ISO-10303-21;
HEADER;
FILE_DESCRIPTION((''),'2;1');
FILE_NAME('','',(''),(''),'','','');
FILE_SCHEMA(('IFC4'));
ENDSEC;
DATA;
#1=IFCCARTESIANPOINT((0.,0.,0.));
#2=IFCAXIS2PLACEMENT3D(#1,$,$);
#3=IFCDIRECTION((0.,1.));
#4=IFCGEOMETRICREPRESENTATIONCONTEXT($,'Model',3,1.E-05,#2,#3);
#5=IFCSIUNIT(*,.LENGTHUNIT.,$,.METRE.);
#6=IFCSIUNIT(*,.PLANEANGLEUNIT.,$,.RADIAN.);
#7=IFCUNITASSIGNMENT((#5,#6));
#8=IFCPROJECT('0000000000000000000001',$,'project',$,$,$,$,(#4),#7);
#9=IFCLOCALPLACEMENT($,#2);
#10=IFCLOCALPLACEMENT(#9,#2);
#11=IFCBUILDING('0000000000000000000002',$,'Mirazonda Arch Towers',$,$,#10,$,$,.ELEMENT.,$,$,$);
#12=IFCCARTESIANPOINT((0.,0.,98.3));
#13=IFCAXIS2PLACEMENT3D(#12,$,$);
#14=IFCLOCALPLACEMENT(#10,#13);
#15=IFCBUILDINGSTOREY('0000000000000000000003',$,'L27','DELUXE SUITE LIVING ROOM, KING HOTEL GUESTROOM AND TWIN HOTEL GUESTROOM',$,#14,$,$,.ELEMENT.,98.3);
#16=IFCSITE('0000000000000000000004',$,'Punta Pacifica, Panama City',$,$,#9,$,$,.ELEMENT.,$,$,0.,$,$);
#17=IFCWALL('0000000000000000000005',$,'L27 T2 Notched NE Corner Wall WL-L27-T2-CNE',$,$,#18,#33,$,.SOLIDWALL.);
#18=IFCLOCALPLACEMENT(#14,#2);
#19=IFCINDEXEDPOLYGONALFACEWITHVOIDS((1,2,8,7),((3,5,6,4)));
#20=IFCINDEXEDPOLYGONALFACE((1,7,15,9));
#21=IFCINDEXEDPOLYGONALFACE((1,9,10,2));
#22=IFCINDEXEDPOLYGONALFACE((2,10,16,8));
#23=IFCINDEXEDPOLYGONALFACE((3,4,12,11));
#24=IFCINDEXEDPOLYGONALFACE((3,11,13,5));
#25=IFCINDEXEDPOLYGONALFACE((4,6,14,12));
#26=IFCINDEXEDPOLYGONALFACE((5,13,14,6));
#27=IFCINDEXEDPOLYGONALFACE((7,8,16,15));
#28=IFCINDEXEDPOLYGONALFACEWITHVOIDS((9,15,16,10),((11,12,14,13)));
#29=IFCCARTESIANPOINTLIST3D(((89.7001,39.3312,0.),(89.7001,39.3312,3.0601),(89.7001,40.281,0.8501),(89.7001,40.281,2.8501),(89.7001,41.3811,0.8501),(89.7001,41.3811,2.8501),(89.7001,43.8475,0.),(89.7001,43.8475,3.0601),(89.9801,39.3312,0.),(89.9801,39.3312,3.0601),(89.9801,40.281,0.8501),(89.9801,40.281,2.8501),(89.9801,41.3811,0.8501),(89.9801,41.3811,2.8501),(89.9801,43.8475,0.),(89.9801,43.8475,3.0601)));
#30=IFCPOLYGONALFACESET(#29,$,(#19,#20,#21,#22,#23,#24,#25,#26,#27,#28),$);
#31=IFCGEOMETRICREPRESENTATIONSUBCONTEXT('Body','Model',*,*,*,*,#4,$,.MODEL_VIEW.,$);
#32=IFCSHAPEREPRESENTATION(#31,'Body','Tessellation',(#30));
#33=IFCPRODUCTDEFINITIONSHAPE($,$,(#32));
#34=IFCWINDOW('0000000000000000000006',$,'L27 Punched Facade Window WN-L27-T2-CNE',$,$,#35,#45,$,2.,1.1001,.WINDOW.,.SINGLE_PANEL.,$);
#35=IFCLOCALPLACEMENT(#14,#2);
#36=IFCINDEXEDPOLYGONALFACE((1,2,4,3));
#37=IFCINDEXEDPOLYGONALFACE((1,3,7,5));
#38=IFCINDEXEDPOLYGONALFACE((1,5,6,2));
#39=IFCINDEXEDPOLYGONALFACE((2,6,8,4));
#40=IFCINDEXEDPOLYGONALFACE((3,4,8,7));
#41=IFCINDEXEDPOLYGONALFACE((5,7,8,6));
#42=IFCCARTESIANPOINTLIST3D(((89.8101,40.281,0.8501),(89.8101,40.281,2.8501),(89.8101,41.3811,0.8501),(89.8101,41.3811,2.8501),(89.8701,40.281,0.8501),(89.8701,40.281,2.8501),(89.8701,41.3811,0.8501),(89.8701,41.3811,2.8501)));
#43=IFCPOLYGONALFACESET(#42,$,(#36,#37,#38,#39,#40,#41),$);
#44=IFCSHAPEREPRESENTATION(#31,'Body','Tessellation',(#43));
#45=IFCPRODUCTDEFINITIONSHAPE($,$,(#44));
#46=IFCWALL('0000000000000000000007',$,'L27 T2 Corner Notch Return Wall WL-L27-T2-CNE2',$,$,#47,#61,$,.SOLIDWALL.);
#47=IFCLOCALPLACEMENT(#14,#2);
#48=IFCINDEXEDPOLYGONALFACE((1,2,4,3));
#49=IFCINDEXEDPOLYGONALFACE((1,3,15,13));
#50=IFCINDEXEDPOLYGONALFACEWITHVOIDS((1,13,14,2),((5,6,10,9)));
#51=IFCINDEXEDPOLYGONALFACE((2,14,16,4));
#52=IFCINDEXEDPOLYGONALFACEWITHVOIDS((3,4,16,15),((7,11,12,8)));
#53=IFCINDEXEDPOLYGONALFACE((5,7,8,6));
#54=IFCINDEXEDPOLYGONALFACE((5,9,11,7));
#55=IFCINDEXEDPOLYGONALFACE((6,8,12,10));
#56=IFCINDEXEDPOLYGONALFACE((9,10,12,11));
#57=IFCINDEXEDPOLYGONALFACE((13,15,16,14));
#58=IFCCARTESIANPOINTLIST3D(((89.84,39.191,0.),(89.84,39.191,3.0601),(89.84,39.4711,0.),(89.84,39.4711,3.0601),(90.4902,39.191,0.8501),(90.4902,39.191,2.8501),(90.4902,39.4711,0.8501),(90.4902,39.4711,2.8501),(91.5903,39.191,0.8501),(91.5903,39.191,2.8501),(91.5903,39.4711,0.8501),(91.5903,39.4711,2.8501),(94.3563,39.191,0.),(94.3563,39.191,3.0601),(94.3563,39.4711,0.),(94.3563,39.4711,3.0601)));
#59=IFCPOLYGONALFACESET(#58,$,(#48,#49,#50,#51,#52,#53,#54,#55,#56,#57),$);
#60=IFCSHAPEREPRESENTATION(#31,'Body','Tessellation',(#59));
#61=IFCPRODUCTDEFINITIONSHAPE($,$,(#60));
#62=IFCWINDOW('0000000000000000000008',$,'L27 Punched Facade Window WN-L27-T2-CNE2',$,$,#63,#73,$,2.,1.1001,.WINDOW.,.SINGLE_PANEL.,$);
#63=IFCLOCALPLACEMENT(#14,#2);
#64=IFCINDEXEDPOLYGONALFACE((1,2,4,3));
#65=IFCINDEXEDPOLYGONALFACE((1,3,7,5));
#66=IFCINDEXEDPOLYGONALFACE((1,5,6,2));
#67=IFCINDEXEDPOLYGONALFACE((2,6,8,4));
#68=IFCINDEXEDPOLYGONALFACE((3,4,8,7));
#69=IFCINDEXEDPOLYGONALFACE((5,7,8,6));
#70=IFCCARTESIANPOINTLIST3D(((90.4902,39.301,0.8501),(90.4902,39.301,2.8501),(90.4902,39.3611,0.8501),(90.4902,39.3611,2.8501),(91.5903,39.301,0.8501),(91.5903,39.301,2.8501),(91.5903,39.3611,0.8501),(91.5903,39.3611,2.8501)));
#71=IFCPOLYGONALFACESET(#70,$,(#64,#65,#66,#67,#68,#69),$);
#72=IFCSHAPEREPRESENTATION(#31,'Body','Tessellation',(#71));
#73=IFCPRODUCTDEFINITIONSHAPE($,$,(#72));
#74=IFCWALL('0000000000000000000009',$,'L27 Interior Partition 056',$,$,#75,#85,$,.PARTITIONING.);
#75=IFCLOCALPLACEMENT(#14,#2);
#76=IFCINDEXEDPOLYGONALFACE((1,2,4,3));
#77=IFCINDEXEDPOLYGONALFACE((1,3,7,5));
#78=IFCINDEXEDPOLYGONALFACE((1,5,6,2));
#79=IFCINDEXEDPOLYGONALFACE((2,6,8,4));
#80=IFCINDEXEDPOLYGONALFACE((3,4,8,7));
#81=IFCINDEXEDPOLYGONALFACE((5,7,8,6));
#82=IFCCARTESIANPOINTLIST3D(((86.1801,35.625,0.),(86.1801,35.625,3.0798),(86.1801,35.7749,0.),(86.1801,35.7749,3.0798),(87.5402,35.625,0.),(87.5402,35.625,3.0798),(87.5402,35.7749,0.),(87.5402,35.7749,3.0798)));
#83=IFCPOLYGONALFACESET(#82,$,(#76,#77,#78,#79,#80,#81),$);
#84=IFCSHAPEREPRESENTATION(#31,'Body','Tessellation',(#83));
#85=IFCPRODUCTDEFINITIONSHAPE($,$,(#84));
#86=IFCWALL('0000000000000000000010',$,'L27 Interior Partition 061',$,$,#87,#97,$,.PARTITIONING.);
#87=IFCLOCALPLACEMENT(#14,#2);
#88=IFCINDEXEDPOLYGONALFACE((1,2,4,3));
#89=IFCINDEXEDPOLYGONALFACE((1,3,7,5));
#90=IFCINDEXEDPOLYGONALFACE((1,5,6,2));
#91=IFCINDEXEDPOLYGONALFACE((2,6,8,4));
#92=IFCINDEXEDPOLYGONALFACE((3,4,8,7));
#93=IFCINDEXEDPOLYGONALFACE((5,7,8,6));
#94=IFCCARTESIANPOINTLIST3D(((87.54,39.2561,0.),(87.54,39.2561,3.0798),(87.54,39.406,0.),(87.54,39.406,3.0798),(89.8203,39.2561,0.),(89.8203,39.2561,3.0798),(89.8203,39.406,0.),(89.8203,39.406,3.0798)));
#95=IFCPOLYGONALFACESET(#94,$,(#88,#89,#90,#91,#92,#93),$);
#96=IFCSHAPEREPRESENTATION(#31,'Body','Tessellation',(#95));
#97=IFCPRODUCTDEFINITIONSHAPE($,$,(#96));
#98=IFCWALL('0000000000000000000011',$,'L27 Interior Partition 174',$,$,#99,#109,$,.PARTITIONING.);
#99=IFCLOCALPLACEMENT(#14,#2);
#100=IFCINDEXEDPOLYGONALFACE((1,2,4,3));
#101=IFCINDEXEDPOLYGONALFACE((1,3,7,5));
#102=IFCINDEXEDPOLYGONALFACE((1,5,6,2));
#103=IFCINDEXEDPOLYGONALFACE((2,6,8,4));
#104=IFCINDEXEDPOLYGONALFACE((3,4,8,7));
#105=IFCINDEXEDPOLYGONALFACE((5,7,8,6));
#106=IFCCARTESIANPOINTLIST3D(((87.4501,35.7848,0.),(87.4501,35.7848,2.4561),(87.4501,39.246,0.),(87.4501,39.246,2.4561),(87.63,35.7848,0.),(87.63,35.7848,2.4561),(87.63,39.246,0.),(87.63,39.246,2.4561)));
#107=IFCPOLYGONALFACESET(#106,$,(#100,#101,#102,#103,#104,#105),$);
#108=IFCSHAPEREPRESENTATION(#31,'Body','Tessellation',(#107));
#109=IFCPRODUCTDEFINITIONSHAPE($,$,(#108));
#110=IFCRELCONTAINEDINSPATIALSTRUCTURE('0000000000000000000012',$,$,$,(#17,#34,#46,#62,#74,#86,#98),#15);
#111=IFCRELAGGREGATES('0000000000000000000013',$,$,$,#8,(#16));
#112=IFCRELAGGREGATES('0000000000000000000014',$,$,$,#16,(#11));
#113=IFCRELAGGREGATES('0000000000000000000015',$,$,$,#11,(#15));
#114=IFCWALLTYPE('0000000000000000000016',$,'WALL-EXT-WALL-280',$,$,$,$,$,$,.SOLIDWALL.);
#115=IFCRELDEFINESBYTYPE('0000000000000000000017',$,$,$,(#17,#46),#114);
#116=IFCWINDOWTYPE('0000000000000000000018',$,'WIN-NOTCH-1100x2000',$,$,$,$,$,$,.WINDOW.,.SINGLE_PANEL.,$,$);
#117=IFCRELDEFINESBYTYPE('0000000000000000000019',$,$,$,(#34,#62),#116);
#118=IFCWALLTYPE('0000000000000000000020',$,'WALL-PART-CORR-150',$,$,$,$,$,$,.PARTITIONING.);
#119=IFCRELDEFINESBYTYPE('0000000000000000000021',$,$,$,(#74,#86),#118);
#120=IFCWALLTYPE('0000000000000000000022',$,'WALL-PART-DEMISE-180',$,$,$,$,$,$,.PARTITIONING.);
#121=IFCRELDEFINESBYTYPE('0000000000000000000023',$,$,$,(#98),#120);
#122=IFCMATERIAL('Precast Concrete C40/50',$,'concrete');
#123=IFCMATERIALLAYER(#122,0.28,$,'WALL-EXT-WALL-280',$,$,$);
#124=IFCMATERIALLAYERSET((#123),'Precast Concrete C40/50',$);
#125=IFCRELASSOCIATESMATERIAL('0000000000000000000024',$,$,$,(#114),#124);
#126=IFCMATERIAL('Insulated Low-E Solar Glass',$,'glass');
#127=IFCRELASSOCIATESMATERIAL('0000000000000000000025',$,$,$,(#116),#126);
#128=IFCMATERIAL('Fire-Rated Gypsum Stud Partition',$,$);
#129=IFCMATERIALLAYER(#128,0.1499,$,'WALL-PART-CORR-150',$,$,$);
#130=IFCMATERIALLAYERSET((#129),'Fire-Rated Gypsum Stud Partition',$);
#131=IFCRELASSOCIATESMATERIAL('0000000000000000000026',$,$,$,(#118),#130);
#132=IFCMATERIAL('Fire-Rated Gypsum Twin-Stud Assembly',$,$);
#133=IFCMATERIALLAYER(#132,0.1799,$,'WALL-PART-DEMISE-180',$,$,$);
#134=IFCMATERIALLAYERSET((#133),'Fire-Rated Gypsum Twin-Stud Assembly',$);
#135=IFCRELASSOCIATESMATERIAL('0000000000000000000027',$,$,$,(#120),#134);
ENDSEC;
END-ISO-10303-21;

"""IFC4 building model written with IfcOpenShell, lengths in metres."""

from ifc_helpers import new_model, si_unit, direction, frame, frame_2d, origin, place, context, subcontext, project, spatial, rectangle, extrude, material, layer, layer_set, type_object, element, fill, save


model = new_model("IFC4")

# Units and contexts
model_context = context("Model", 3, precision=1e-05, world=origin(), true_north=direction((0.0, 1.0)))
body_context = subcontext(model_context, "Body", "Model", "MODEL_VIEW")
ifc_project = project(units=[si_unit("LENGTHUNIT", "METRE"), si_unit("PLANEANGLEUNIT", "RADIAN")], contexts=[model_context])

# Site, building, storey
site_placement = place(None, origin())
site = spatial("IfcSite", under=ifc_project, at=site_placement, Name="Punta Pacifica, Panama City", CompositionType="ELEMENT", RefElevation=0.0)
building_placement = place(site_placement, origin())
building = spatial("IfcBuilding", under=site, at=building_placement, Name="Mirazonda Arch Towers", CompositionType="ELEMENT")
storey_placement = place(building_placement, frame((0.0, 0.0, 98.3)))
storey = spatial("IfcBuildingStorey", under=building, at=storey_placement, Name="L27", Description="DELUXE SUITE LIVING ROOM, KING HOTEL GUESTROOM AND TWIN HOTEL GUESTROOM", CompositionType="ELEMENT", Elevation=98.3)

# Shared definitions
ifc_material_1 = material(Name="Insulated Low-E Solar Glass", Category="glass")

# Walls, openings, windows
ifc_material_2 = material(Name="Precast Concrete C40/50", Category="concrete")
ifc_layer_1 = layer(ifc_material_2, 0.28, Name="WALL-EXT-WALL-280")
ifc_layer_set_1 = layer_set([ifc_layer_1], Name="Precast Concrete C40/50")
wall_type_1 = type_object("IfcWallType", Name="WALL-EXT-WALL-280", PredefinedType="SOLIDWALL", material=ifc_layer_set_1)
wall_1_placement = place(storey_placement, frame((89.8401, 39.3311, 0.0), z_axis=(0.0, 0.0, 1.0), x_axis=(0.0, 1.0, 0.0)))
wall_1 = element("IfcWall", 1, at=wall_1_placement, inside=storey, type_object=wall_type_1, Name="L27 T2 Notched NE Corner Wall WL-L27-T2-CNE", PredefinedType="SOLIDWALL", context=body_context, shape_type="SweptSolid", body=[
    extrude(rectangle(XDim=4.5164, YDim=0.28, at=frame_2d((2.2583, 0.0))), origin(), (0.0, 0.0, 1.0), 3.0601),
])
opening_1_placement = place(wall_1_placement, frame((0.95, 0.0, 0.8501)))
opening_1 = element("IfcOpeningElement", 2, at=opening_1_placement, cuts=wall_1, PredefinedType="OPENING", context=body_context, shape_type="SweptSolid", body=[
    extrude(rectangle(XDim=1.1001, YDim=2.0, at=frame_2d((0.55, 1.0))), frame((0.0, 0.1499, 0.0), z_axis=(0.0, -1.0, 0.0), x_axis=(1.0, 0.0, 0.0)), (0.0, 0.0, 1.0), 0.3),
])
window_type = type_object("IfcWindowType", Name="WIN-NOTCH-1100x2000", PartitioningType="SINGLE_PANEL", PredefinedType="WINDOW", material=ifc_material_1)
window_1_placement = place(opening_1_placement, origin())
window_1 = element("IfcWindow", 3, at=window_1_placement, inside=storey, type_object=window_type, Name="L27 Punched Facade Window WN-L27-T2-CNE", OverallHeight=2.0, OverallWidth=1.1001, PartitioningType="SINGLE_PANEL", PredefinedType="WINDOW", context=body_context, shape_type="SweptSolid", body=[
    extrude(rectangle(XDim=1.1001, YDim=2.0, at=frame_2d((0.55, 1.0))), frame((0.0, 0.03, 0.0), z_axis=(0.0, -1.0, 0.0), x_axis=(1.0, 0.0, 0.0)), (0.0, 0.0, 1.0), 0.0601),
])
fill(opening_1, window_1)
wall_2_placement = place(storey_placement, frame((94.3564, 39.3311, 0.0), z_axis=(0.0, 0.0, 1.0), x_axis=(-1.0, 0.0, 0.0)))
wall_2 = element("IfcWall", 4, at=wall_2_placement, inside=storey, type_object=wall_type_1, Name="L27 T2 Corner Notch Return Wall WL-L27-T2-CNE2", PredefinedType="SOLIDWALL", context=body_context, shape_type="SweptSolid", body=[
    extrude(rectangle(XDim=4.5164, YDim=0.28, at=frame_2d((2.2583, 0.0))), origin(), (0.0, 0.0, 1.0), 3.0601),
])
opening_2_placement = place(wall_2_placement, frame((2.7661, 0.0, 0.8501)))
opening_2 = element("IfcOpeningElement", 5, at=opening_2_placement, cuts=wall_2, PredefinedType="OPENING", context=body_context, shape_type="SweptSolid", body=[
    extrude(rectangle(XDim=1.1001, YDim=2.0, at=frame_2d((0.55, 1.0))), frame((0.0, 0.1499, 0.0), z_axis=(0.0, -1.0, 0.0), x_axis=(1.0, 0.0, 0.0)), (0.0, 0.0, 1.0), 0.3),
])
window_2_placement = place(opening_2_placement, origin())
window_2 = element("IfcWindow", 6, at=window_2_placement, inside=storey, type_object=window_type, Name="L27 Punched Facade Window WN-L27-T2-CNE2", OverallHeight=2.0, OverallWidth=1.1001, PartitioningType="SINGLE_PANEL", PredefinedType="WINDOW", context=body_context, shape_type="SweptSolid", body=[
    extrude(rectangle(XDim=1.1001, YDim=2.0, at=frame_2d((0.55, 1.0))), frame((0.0, 0.03, 0.0), z_axis=(0.0, -1.0, 0.0), x_axis=(1.0, 0.0, 0.0)), (0.0, 0.0, 1.0), 0.0601),
])
fill(opening_2, window_2)

# Walls
ifc_material_3 = material(Name="Fire-Rated Gypsum Stud Partition")
ifc_layer_2 = layer(ifc_material_3, 0.1499, Name="WALL-PART-CORR-150")
ifc_layer_set_2 = layer_set([ifc_layer_2], Name="Fire-Rated Gypsum Stud Partition")
wall_type_2 = type_object("IfcWallType", Name="WALL-PART-CORR-150", PredefinedType="PARTITIONING", material=ifc_layer_set_2)
wall_3_placement = place(storey_placement, frame((86.1799, 35.7, 0.0), z_axis=(0.0, 0.0, 1.0), x_axis=(1.0, 0.0, 0.0)))
element("IfcWall", 7, at=wall_3_placement, inside=storey, type_object=wall_type_2, Name="L27 Interior Partition 056", PredefinedType="PARTITIONING", context=body_context, shape_type="SweptSolid", body=[
    extrude(rectangle(XDim=1.3601, YDim=0.1499, at=frame_2d((0.6802, 0.0))), origin(), (0.0, 0.0, 1.0), 3.0798),
])
wall_4_placement = place(storey_placement, frame((87.54, 39.3311, 0.0), z_axis=(0.0, 0.0, 1.0), x_axis=(1.0, 0.0, 0.0)))
element("IfcWall", 8, at=wall_4_placement, inside=storey, type_object=wall_type_2, Name="L27 Interior Partition 061", PredefinedType="PARTITIONING", context=body_context, shape_type="SweptSolid", body=[
    extrude(rectangle(XDim=2.2803, YDim=0.1499, at=frame_2d((1.1401, 0.0))), origin(), (0.0, 0.0, 1.0), 3.0798),
])
ifc_material_4 = material(Name="Fire-Rated Gypsum Twin-Stud Assembly")
ifc_layer_3 = layer(ifc_material_4, 0.1799, Name="WALL-PART-DEMISE-180")
ifc_layer_set_3 = layer_set([ifc_layer_3], Name="Fire-Rated Gypsum Twin-Stud Assembly")
wall_type_3 = type_object("IfcWallType", Name="WALL-PART-DEMISE-180", PredefinedType="PARTITIONING", material=ifc_layer_set_3)
wall_5_placement = place(storey_placement, frame((87.54, 35.7849, 0.0), z_axis=(0.0, 0.0, 1.0), x_axis=(0.0, 1.0, 0.0)))
element("IfcWall", 9, at=wall_5_placement, inside=storey, type_object=wall_type_3, Name="L27 Interior Partition 174", PredefinedType="PARTITIONING", context=body_context, shape_type="SweptSolid", body=[
    extrude(rectangle(XDim=3.4612, YDim=0.1799, at=frame_2d((1.7305, 0.0))), origin(), (0.0, 0.0, 1.0), 2.4561),
])

save(model, "model.ifc")
